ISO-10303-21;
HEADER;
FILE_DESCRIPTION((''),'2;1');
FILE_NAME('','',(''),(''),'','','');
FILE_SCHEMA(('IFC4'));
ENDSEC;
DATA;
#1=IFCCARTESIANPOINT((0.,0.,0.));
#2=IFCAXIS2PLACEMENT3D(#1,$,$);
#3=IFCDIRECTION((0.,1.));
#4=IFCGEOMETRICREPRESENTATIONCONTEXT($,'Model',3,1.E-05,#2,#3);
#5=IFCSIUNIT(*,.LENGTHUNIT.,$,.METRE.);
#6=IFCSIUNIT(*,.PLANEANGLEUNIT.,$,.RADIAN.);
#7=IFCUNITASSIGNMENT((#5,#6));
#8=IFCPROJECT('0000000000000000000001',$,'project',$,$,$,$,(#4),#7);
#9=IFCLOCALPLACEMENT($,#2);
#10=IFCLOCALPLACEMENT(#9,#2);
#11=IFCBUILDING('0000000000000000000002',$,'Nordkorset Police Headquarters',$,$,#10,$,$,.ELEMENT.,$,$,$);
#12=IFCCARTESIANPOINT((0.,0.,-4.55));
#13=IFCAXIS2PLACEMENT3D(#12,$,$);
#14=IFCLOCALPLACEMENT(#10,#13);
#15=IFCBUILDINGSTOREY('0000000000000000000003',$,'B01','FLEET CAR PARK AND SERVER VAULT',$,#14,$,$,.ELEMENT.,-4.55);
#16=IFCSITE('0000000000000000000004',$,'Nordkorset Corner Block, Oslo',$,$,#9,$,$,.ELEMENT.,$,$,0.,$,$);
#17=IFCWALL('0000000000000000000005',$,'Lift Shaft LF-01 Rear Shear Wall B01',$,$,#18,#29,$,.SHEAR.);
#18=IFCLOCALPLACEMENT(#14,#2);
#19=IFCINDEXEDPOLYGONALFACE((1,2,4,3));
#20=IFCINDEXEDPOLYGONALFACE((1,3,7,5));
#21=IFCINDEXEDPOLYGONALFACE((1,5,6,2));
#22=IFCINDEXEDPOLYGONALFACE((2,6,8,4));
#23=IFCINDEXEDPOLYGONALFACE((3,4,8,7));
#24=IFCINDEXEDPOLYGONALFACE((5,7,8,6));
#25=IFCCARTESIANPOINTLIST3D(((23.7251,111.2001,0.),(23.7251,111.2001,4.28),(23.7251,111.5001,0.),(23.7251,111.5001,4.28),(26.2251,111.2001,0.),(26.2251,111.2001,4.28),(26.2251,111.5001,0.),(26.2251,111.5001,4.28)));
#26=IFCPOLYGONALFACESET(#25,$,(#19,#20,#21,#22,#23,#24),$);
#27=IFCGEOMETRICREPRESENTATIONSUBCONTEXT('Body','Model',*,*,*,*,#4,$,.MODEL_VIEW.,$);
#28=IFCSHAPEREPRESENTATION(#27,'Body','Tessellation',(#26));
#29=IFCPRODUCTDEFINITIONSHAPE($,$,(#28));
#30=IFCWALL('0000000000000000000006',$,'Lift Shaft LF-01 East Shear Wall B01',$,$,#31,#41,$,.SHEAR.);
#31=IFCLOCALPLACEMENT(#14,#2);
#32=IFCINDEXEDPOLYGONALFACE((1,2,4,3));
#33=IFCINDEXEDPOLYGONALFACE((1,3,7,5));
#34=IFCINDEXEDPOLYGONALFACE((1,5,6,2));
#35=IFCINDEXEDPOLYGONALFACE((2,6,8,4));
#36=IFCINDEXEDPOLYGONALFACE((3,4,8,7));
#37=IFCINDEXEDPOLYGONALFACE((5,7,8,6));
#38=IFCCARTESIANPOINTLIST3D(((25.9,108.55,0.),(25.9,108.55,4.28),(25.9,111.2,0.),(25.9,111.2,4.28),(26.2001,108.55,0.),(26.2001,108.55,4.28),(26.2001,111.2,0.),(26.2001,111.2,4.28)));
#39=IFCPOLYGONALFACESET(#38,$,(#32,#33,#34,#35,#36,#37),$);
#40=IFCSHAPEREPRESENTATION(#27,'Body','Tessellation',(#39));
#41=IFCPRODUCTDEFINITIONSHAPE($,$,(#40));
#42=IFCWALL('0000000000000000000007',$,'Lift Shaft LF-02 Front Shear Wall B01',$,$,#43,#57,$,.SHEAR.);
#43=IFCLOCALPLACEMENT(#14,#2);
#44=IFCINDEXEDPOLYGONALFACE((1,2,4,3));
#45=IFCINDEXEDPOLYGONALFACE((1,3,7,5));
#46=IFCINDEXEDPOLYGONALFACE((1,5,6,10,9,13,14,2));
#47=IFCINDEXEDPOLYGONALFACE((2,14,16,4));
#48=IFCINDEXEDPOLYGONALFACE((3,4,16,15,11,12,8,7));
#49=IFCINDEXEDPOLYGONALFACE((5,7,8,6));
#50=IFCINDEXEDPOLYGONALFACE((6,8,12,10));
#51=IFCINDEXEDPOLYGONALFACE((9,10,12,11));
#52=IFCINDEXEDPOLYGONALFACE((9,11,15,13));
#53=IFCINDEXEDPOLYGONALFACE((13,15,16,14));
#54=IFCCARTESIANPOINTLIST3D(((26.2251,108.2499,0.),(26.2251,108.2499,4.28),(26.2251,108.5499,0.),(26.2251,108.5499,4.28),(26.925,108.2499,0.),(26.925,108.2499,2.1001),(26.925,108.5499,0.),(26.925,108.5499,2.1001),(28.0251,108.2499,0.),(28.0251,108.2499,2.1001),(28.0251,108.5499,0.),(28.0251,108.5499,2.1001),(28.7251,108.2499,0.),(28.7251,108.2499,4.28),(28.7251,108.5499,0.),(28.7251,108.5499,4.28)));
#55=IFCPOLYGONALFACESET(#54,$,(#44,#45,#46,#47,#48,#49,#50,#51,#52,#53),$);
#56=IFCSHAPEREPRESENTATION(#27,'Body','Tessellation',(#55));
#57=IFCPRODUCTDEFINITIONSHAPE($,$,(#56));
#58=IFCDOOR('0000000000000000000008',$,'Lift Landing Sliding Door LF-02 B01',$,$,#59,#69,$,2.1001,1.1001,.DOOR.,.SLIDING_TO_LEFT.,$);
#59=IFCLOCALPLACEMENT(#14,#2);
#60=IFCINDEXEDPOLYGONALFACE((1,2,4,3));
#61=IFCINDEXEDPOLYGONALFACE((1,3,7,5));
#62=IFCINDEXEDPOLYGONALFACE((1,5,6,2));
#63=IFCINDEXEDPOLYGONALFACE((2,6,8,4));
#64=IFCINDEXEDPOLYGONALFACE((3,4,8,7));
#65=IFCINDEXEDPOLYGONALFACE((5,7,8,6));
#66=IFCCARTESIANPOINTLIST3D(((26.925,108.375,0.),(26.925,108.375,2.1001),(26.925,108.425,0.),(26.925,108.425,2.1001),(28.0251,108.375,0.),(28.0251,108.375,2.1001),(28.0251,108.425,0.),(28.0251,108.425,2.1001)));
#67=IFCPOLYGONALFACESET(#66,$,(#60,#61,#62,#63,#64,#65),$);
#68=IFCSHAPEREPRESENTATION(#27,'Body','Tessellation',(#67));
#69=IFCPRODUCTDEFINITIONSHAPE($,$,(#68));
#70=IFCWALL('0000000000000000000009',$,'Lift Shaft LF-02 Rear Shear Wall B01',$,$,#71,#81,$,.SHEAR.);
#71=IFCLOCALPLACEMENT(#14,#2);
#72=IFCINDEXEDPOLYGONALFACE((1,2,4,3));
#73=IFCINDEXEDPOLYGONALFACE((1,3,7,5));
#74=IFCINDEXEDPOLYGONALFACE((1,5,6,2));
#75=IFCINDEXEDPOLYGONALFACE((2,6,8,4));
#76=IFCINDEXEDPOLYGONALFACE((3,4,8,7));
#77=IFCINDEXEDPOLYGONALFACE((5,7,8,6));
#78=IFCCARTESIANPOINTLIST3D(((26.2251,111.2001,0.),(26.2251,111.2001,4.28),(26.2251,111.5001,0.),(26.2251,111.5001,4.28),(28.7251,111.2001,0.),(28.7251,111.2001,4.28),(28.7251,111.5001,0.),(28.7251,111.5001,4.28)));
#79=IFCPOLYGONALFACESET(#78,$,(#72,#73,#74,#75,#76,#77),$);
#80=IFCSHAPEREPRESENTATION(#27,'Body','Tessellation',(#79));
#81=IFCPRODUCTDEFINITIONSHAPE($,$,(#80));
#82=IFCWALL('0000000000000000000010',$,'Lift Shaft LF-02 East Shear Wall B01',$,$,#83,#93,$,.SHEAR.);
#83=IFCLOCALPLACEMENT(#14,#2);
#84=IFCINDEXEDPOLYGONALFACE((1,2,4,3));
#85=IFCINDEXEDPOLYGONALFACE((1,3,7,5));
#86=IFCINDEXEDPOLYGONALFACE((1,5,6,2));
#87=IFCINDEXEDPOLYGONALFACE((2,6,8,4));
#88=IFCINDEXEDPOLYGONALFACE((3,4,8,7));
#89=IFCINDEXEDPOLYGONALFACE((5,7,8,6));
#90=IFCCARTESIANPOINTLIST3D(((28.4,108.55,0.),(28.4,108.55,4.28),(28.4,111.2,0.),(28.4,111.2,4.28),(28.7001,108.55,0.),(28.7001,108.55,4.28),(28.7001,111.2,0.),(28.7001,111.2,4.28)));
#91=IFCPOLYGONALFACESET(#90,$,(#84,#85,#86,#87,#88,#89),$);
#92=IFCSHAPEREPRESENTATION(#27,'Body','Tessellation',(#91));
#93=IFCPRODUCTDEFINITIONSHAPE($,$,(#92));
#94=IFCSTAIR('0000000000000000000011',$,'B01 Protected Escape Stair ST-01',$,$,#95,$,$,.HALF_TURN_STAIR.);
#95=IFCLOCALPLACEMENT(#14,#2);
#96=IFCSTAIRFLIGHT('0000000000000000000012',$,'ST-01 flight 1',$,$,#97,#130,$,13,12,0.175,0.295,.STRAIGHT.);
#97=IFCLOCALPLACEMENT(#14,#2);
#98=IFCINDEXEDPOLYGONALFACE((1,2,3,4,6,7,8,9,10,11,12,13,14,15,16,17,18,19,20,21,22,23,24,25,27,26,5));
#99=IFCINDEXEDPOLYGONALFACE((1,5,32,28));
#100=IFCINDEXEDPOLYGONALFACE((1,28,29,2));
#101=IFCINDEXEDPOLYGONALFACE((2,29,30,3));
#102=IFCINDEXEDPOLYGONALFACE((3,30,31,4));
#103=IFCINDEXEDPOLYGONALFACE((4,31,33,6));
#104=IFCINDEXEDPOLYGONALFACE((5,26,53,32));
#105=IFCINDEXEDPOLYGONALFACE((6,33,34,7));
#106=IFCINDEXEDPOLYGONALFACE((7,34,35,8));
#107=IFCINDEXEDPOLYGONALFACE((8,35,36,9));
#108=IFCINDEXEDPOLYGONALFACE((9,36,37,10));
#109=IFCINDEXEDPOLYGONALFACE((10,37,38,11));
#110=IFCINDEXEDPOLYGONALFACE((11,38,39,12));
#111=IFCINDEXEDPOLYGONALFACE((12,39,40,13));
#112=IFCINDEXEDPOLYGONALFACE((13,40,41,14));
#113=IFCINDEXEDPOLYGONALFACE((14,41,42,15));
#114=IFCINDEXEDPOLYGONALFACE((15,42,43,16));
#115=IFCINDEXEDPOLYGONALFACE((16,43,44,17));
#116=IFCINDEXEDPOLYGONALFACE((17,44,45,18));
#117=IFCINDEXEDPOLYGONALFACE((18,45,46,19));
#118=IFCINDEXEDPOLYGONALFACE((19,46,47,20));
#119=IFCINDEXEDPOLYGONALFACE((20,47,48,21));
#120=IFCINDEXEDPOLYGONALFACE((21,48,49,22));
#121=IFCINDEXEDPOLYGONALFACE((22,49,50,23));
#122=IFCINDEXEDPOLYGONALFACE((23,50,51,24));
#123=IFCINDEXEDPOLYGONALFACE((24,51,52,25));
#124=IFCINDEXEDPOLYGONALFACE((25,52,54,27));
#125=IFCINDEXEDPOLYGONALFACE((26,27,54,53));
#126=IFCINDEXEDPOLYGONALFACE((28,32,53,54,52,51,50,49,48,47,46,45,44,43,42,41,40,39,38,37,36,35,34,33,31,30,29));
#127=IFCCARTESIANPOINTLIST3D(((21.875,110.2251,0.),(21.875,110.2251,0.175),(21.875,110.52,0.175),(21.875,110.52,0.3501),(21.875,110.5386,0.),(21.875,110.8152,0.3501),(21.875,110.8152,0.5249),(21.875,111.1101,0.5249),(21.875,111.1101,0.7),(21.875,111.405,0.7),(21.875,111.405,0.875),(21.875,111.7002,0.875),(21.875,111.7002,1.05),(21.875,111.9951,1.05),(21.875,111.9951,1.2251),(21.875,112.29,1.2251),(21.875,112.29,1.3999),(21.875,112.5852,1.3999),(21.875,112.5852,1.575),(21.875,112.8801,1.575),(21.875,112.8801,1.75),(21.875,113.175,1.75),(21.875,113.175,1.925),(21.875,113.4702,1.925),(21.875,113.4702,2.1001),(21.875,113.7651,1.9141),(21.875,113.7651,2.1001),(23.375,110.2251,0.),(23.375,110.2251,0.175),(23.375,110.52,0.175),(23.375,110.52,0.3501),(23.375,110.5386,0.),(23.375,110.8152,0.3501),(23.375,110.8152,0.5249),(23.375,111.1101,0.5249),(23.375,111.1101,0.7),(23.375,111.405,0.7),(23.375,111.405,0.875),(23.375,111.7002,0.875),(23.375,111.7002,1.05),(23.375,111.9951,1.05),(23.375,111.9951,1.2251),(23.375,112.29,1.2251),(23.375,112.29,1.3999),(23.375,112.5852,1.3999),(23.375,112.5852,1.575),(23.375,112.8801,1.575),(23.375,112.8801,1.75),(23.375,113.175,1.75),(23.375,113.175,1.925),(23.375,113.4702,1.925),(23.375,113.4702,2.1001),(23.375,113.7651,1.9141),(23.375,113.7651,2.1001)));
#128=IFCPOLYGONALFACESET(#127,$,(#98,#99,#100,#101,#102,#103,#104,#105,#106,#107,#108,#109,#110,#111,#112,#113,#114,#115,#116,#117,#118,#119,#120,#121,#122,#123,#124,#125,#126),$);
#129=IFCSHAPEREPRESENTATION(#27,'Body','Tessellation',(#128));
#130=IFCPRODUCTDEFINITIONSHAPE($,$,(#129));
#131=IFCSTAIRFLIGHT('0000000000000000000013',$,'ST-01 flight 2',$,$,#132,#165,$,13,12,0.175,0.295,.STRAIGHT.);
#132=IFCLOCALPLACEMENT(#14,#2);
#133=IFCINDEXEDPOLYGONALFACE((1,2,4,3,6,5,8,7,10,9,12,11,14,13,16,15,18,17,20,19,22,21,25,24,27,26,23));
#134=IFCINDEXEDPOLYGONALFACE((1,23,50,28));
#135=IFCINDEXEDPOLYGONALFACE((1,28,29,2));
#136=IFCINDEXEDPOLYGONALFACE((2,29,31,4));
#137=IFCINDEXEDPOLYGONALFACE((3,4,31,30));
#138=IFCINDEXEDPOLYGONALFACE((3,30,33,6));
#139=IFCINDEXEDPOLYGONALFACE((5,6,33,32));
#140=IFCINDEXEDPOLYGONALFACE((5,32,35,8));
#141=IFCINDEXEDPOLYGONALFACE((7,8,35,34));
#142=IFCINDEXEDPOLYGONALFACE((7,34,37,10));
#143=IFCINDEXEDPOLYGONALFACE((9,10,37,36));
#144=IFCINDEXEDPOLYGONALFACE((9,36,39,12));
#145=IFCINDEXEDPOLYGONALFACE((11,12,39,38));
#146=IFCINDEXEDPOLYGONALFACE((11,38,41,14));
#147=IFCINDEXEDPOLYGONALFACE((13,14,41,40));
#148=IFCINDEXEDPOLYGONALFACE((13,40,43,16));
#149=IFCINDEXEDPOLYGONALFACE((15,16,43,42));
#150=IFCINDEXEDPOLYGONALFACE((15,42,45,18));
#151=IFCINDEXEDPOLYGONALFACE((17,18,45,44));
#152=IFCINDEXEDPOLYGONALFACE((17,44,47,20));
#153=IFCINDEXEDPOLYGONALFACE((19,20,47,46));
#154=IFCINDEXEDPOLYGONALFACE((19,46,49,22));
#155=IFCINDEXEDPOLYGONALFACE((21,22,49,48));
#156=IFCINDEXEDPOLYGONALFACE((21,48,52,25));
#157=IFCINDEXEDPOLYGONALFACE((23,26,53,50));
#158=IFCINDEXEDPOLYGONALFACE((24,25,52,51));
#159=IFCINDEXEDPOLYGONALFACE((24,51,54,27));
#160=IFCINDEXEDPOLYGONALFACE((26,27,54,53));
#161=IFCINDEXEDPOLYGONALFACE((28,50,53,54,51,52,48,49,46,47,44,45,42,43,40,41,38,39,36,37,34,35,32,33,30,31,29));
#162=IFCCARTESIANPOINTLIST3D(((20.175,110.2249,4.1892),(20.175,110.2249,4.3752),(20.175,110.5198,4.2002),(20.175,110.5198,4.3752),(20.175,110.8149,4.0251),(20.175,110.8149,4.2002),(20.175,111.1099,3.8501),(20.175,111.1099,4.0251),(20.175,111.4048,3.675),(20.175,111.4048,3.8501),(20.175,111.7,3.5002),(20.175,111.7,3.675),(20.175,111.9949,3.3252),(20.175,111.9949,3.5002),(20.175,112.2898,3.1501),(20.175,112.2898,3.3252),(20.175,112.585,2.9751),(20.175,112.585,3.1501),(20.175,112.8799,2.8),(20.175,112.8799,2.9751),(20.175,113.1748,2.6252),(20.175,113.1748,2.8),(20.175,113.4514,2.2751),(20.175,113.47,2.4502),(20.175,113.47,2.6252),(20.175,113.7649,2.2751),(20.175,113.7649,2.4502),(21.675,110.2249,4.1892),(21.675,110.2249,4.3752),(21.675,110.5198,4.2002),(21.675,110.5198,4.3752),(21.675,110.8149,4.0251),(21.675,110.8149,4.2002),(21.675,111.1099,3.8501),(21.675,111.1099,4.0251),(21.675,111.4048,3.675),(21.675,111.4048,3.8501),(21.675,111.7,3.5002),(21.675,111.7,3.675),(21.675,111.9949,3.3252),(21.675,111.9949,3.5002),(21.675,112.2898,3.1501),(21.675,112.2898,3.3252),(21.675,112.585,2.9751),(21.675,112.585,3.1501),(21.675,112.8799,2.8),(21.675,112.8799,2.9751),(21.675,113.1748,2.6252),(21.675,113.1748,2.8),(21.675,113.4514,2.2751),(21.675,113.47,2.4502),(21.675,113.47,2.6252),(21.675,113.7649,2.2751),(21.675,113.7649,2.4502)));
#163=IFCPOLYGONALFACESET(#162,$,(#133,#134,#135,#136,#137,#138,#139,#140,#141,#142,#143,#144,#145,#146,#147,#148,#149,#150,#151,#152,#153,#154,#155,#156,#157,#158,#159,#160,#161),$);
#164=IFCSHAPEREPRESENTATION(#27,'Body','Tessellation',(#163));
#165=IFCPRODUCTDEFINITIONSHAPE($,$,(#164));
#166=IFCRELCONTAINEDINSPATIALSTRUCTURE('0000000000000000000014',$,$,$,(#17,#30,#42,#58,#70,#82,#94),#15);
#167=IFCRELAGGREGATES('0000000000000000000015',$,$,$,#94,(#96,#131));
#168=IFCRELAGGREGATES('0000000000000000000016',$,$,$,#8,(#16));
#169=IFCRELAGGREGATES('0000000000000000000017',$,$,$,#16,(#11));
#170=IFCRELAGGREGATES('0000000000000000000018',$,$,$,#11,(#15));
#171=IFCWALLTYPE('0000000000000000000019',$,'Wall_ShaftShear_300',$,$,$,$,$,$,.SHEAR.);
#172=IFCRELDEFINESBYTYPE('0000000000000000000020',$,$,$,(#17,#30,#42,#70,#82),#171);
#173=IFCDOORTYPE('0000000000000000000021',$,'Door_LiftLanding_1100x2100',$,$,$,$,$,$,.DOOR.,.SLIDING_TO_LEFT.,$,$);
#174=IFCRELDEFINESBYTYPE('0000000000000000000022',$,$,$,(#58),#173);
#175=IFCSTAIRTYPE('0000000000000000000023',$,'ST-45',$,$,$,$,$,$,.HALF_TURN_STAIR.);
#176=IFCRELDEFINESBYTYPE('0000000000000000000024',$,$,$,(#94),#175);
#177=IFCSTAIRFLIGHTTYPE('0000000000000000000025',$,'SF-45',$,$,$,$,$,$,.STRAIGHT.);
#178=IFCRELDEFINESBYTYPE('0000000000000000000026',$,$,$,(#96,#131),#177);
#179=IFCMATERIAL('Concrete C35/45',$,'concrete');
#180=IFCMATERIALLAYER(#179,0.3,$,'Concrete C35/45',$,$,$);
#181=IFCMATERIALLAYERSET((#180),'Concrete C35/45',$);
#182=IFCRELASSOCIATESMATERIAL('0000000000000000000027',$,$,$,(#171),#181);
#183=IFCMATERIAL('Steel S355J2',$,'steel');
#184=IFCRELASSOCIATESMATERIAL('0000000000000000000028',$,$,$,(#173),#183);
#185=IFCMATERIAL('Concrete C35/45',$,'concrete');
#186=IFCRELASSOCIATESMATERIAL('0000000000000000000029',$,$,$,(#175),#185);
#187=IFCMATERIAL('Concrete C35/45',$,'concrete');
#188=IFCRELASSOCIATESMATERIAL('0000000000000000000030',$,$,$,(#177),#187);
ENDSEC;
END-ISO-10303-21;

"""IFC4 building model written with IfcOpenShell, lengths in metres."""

from ifc_helpers import new_model, si_unit, direction, frame, frame_2d, origin, place, context, subcontext, project, spatial, polyline, rectangle, outline, extrude, material, layer, layer_set, type_object, element, fill, aggregate, save


model = new_model("IFC4")

# Units and contexts
model_context = context("Model", 3, precision=1e-05, world=origin(), true_north=direction((0.0, 1.0)))
body_context = subcontext(model_context, "Body", "Model", "MODEL_VIEW")
ifc_project = project(units=[si_unit("LENGTHUNIT", "METRE"), si_unit("PLANEANGLEUNIT", "RADIAN")], contexts=[model_context])

# Site, building, storey
site_placement = place(None, origin())
site = spatial("IfcSite", under=ifc_project, at=site_placement, Name="Nordkorset Corner Block, Oslo", CompositionType="ELEMENT", RefElevation=0.0)
building_placement = place(site_placement, origin())
building = spatial("IfcBuilding", under=site, at=building_placement, Name="Nordkorset Police Headquarters", CompositionType="ELEMENT")
storey_placement = place(building_placement, frame((0.0, 0.0, -4.55)))
storey = spatial("IfcBuildingStorey", under=building, at=storey_placement, Name="B01", Description="FLEET CAR PARK AND SERVER VAULT", CompositionType="ELEMENT", Elevation=-4.55)

# Shared definitions
ifc_material_1 = material(Name="Concrete C35/45", Category="concrete")
ifc_layer_1 = layer(ifc_material_1, 0.3, Name="Concrete C35/45")
ifc_layer_set_1 = layer_set([ifc_layer_1], Name="Concrete C35/45")
wall_type_1 = type_object("IfcWallType", Name="Wall_ShaftShear_300", PredefinedType="SHEAR", material=ifc_layer_set_1)
ifc_material_2 = material(Name="Steel S355J2", Category="steel")
door_type_1 = type_object("IfcDoorType", Name="Door_LiftLanding_1100x2100", OperationType="SLIDING_TO_LEFT", PredefinedType="DOOR", material=ifc_material_2)

# Walls
wall_1_placement = place(storey_placement, frame((23.7251, 111.3501, 0.0), z_axis=(0.0, 0.0, 1.0), x_axis=(1.0, 0.0, 0.0)))
element("IfcWall", 1, at=wall_1_placement, inside=storey, type_object=wall_type_1, Name="Lift Shaft LF-01 Rear Shear Wall B01", PredefinedType="SHEAR", context=body_context, shape_type="SweptSolid", body=[
    extrude(rectangle(XDim=2.5, YDim=0.3, at=frame_2d((1.25, 0.0))), origin(), (0.0, 0.0, 1.0), 4.28),
])
wall_2_placement = place(storey_placement, frame((26.05, 108.55, 0.0), z_axis=(0.0, 0.0, 1.0), x_axis=(0.0, 1.0, 0.0)))
element("IfcWall", 2, at=wall_2_placement, inside=storey, type_object=wall_type_1, Name="Lift Shaft LF-01 East Shear Wall B01", PredefinedType="SHEAR", context=body_context, shape_type="SweptSolid", body=[
    extrude(rectangle(XDim=2.6499, YDim=0.3, at=frame_2d((1.325, 0.0))), origin(), (0.0, 0.0, 1.0), 4.28),
])

# Wall, opening, door
wall_3_placement = place(storey_placement, frame((26.2251, 108.3999, 0.0), z_axis=(0.0, 0.0, 1.0), x_axis=(1.0, 0.0, 0.0)))
wall_3 = element("IfcWall", 3, at=wall_3_placement, inside=storey, type_object=wall_type_1, Name="Lift Shaft LF-02 Front Shear Wall B01", PredefinedType="SHEAR", context=body_context, shape_type="SweptSolid", body=[
    extrude(rectangle(XDim=2.5, YDim=0.3, at=frame_2d((1.25, 0.0))), origin(), (0.0, 0.0, 1.0), 4.28),
])
opening_1_placement = place(wall_3_placement, frame((0.7, 0.0, 0.0)))
opening_1 = element("IfcOpeningElement", 4, at=opening_1_placement, cuts=wall_3, PredefinedType="OPENING", context=body_context, shape_type="SweptSolid", body=[
    extrude(rectangle(XDim=1.1001, YDim=2.1001, at=frame_2d((0.55, 1.05))), frame((0.0, 0.1602, 0.0), z_axis=(0.0, -1.0, 0.0), x_axis=(1.0, 0.0, 0.0)), (0.0, 0.0, 1.0), 0.3201),
])
door_1_placement = place(opening_1_placement, frame((1.1001, 0.0, 0.0), z_axis=(0.0, 0.0, 1.0), x_axis=(-1.0, 0.0, 0.0)))
door_1 = element("IfcDoor", 5, at=door_1_placement, inside=storey, type_object=door_type_1, Name="Lift Landing Sliding Door LF-02 B01", OperationType="SLIDING_TO_LEFT", OverallHeight=2.1001, OverallWidth=1.1001, PredefinedType="DOOR", context=body_context, shape_type="SweptSolid", body=[
    extrude(rectangle(XDim=1.1001, YDim=2.1001, at=frame_2d((0.55, 1.05))), frame((0.0, 0.0249, 0.0), z_axis=(0.0, -1.0, 0.0), x_axis=(1.0, 0.0, 0.0)), (0.0, 0.0, 1.0), 0.05),
])
fill(opening_1, door_1)

# Walls
wall_4_placement = place(storey_placement, frame((26.2251, 111.3501, 0.0), z_axis=(0.0, 0.0, 1.0), x_axis=(1.0, 0.0, 0.0)))
element("IfcWall", 6, at=wall_4_placement, inside=storey, type_object=wall_type_1, Name="Lift Shaft LF-02 Rear Shear Wall B01", PredefinedType="SHEAR", context=body_context, shape_type="SweptSolid", body=[
    extrude(rectangle(XDim=2.5, YDim=0.3, at=frame_2d((1.25, 0.0))), origin(), (0.0, 0.0, 1.0), 4.28),
])
wall_5_placement = place(storey_placement, frame((28.55, 108.55, 0.0), z_axis=(0.0, 0.0, 1.0), x_axis=(0.0, 1.0, 0.0)))
element("IfcWall", 7, at=wall_5_placement, inside=storey, type_object=wall_type_1, Name="Lift Shaft LF-02 East Shear Wall B01", PredefinedType="SHEAR", context=body_context, shape_type="SweptSolid", body=[
    extrude(rectangle(XDim=2.6499, YDim=0.3, at=frame_2d((1.325, 0.0))), origin(), (0.0, 0.0, 1.0), 4.28),
])

# Stair, stair flights
ifc_material_3 = material(Name="Concrete C35/45", Category="concrete")
stair_type = type_object("IfcStairType", Name="ST-45", PredefinedType="HALF_TURN_STAIR", material=ifc_material_3)
stair_placement = place(storey_placement, origin())
stair = element("IfcStair", 8, at=stair_placement, inside=storey, type_object=stair_type, Name="B01 Protected Escape Stair ST-01", PredefinedType="HALF_TURN_STAIR")
ifc_material_4 = material(Name="Concrete C35/45", Category="concrete")
stair_flight_type = type_object("IfcStairFlightType", Name="SF-45", PredefinedType="STRAIGHT", material=ifc_material_4)
stair_flight_1_placement = place(storey_placement, frame((22.625, 110.2251, 0.0), z_axis=(0.0, 0.0, 1.0), x_axis=(0.0, 1.0, 0.0)))
stair_flight_1 = element("IfcStairFlight", 9, at=stair_flight_1_placement, type_object=stair_flight_type, Name="ST-01 flight 1", NumberOfRisers=13, NumberOfTreads=12, PredefinedType="STRAIGHT", RiserHeight=0.175, TreadLength=0.295, context=body_context, shape_type="SweptSolid", body=[
    extrude(outline(polyline([(0.0, 0.0), (0.0, 0.175), (0.2949, 0.175), (0.2949, 0.3501), (0.5901, 0.3501), (0.5901, 0.5249), (0.885, 0.5249), (0.885, 0.7), (1.1799, 0.7), (1.1799, 0.875), (1.4751, 0.875), (1.4751, 1.05), (1.77, 1.05), (1.77, 1.2251), (2.0649, 1.2251), (2.0649, 1.3999), (2.3601, 1.3999), (2.3601, 1.575), (2.655, 1.575), (2.655, 1.75), (2.95, 1.75), (2.95, 1.925), (3.2451, 1.925), (3.2451, 2.1001), (3.54, 2.1001), (3.54, 2.2749), (3.54, 1.9141), (0.3135, 0.0), (0.0, 0.0)])), frame((0.0, 0.75, 0.0), z_axis=(0.0, -1.0, 0.0), x_axis=(1.0, 0.0, 0.0)), (0.0, 0.0, 1.0), 1.5),
])
stair_flight_2_placement = place(storey_placement, frame((20.925, 113.7649, 2.2751), z_axis=(0.0, 0.0, 1.0), x_axis=(0.0, -1.0, 0.0)))
stair_flight_2 = element("IfcStairFlight", 10, at=stair_flight_2_placement, type_object=stair_flight_type, Name="ST-01 flight 2", NumberOfRisers=13, NumberOfTreads=12, PredefinedType="STRAIGHT", RiserHeight=0.175, TreadLength=0.295, context=body_context, shape_type="SweptSolid", body=[
    extrude(outline(polyline([(0.0, 0.0), (0.0, 0.175), (0.2949, 0.175), (0.2949, 0.3501), (0.5901, 0.3501), (0.5901, 0.5249), (0.885, 0.5249), (0.885, 0.7), (1.1799, 0.7), (1.1799, 0.875), (1.4751, 0.875), (1.4751, 1.05), (1.77, 1.05), (1.77, 1.2251), (2.0649, 1.2251), (2.0649, 1.3999), (2.3601, 1.3999), (2.3601, 1.575), (2.655, 1.575), (2.655, 1.75), (2.95, 1.75), (2.95, 1.925), (3.2451, 1.925), (3.2451, 2.1001), (3.54, 2.1001), (3.54, 2.2749), (3.54, 1.9141), (0.3135, 0.0), (0.0, 0.0)])), frame((0.0, 0.75, 0.0), z_axis=(0.0, -1.0, 0.0), x_axis=(1.0, 0.0, 0.0)), (0.0, 0.0, 1.0), 1.5),
])
aggregate(stair, [stair_flight_1, stair_flight_2])

save(model, "model.ifc")
